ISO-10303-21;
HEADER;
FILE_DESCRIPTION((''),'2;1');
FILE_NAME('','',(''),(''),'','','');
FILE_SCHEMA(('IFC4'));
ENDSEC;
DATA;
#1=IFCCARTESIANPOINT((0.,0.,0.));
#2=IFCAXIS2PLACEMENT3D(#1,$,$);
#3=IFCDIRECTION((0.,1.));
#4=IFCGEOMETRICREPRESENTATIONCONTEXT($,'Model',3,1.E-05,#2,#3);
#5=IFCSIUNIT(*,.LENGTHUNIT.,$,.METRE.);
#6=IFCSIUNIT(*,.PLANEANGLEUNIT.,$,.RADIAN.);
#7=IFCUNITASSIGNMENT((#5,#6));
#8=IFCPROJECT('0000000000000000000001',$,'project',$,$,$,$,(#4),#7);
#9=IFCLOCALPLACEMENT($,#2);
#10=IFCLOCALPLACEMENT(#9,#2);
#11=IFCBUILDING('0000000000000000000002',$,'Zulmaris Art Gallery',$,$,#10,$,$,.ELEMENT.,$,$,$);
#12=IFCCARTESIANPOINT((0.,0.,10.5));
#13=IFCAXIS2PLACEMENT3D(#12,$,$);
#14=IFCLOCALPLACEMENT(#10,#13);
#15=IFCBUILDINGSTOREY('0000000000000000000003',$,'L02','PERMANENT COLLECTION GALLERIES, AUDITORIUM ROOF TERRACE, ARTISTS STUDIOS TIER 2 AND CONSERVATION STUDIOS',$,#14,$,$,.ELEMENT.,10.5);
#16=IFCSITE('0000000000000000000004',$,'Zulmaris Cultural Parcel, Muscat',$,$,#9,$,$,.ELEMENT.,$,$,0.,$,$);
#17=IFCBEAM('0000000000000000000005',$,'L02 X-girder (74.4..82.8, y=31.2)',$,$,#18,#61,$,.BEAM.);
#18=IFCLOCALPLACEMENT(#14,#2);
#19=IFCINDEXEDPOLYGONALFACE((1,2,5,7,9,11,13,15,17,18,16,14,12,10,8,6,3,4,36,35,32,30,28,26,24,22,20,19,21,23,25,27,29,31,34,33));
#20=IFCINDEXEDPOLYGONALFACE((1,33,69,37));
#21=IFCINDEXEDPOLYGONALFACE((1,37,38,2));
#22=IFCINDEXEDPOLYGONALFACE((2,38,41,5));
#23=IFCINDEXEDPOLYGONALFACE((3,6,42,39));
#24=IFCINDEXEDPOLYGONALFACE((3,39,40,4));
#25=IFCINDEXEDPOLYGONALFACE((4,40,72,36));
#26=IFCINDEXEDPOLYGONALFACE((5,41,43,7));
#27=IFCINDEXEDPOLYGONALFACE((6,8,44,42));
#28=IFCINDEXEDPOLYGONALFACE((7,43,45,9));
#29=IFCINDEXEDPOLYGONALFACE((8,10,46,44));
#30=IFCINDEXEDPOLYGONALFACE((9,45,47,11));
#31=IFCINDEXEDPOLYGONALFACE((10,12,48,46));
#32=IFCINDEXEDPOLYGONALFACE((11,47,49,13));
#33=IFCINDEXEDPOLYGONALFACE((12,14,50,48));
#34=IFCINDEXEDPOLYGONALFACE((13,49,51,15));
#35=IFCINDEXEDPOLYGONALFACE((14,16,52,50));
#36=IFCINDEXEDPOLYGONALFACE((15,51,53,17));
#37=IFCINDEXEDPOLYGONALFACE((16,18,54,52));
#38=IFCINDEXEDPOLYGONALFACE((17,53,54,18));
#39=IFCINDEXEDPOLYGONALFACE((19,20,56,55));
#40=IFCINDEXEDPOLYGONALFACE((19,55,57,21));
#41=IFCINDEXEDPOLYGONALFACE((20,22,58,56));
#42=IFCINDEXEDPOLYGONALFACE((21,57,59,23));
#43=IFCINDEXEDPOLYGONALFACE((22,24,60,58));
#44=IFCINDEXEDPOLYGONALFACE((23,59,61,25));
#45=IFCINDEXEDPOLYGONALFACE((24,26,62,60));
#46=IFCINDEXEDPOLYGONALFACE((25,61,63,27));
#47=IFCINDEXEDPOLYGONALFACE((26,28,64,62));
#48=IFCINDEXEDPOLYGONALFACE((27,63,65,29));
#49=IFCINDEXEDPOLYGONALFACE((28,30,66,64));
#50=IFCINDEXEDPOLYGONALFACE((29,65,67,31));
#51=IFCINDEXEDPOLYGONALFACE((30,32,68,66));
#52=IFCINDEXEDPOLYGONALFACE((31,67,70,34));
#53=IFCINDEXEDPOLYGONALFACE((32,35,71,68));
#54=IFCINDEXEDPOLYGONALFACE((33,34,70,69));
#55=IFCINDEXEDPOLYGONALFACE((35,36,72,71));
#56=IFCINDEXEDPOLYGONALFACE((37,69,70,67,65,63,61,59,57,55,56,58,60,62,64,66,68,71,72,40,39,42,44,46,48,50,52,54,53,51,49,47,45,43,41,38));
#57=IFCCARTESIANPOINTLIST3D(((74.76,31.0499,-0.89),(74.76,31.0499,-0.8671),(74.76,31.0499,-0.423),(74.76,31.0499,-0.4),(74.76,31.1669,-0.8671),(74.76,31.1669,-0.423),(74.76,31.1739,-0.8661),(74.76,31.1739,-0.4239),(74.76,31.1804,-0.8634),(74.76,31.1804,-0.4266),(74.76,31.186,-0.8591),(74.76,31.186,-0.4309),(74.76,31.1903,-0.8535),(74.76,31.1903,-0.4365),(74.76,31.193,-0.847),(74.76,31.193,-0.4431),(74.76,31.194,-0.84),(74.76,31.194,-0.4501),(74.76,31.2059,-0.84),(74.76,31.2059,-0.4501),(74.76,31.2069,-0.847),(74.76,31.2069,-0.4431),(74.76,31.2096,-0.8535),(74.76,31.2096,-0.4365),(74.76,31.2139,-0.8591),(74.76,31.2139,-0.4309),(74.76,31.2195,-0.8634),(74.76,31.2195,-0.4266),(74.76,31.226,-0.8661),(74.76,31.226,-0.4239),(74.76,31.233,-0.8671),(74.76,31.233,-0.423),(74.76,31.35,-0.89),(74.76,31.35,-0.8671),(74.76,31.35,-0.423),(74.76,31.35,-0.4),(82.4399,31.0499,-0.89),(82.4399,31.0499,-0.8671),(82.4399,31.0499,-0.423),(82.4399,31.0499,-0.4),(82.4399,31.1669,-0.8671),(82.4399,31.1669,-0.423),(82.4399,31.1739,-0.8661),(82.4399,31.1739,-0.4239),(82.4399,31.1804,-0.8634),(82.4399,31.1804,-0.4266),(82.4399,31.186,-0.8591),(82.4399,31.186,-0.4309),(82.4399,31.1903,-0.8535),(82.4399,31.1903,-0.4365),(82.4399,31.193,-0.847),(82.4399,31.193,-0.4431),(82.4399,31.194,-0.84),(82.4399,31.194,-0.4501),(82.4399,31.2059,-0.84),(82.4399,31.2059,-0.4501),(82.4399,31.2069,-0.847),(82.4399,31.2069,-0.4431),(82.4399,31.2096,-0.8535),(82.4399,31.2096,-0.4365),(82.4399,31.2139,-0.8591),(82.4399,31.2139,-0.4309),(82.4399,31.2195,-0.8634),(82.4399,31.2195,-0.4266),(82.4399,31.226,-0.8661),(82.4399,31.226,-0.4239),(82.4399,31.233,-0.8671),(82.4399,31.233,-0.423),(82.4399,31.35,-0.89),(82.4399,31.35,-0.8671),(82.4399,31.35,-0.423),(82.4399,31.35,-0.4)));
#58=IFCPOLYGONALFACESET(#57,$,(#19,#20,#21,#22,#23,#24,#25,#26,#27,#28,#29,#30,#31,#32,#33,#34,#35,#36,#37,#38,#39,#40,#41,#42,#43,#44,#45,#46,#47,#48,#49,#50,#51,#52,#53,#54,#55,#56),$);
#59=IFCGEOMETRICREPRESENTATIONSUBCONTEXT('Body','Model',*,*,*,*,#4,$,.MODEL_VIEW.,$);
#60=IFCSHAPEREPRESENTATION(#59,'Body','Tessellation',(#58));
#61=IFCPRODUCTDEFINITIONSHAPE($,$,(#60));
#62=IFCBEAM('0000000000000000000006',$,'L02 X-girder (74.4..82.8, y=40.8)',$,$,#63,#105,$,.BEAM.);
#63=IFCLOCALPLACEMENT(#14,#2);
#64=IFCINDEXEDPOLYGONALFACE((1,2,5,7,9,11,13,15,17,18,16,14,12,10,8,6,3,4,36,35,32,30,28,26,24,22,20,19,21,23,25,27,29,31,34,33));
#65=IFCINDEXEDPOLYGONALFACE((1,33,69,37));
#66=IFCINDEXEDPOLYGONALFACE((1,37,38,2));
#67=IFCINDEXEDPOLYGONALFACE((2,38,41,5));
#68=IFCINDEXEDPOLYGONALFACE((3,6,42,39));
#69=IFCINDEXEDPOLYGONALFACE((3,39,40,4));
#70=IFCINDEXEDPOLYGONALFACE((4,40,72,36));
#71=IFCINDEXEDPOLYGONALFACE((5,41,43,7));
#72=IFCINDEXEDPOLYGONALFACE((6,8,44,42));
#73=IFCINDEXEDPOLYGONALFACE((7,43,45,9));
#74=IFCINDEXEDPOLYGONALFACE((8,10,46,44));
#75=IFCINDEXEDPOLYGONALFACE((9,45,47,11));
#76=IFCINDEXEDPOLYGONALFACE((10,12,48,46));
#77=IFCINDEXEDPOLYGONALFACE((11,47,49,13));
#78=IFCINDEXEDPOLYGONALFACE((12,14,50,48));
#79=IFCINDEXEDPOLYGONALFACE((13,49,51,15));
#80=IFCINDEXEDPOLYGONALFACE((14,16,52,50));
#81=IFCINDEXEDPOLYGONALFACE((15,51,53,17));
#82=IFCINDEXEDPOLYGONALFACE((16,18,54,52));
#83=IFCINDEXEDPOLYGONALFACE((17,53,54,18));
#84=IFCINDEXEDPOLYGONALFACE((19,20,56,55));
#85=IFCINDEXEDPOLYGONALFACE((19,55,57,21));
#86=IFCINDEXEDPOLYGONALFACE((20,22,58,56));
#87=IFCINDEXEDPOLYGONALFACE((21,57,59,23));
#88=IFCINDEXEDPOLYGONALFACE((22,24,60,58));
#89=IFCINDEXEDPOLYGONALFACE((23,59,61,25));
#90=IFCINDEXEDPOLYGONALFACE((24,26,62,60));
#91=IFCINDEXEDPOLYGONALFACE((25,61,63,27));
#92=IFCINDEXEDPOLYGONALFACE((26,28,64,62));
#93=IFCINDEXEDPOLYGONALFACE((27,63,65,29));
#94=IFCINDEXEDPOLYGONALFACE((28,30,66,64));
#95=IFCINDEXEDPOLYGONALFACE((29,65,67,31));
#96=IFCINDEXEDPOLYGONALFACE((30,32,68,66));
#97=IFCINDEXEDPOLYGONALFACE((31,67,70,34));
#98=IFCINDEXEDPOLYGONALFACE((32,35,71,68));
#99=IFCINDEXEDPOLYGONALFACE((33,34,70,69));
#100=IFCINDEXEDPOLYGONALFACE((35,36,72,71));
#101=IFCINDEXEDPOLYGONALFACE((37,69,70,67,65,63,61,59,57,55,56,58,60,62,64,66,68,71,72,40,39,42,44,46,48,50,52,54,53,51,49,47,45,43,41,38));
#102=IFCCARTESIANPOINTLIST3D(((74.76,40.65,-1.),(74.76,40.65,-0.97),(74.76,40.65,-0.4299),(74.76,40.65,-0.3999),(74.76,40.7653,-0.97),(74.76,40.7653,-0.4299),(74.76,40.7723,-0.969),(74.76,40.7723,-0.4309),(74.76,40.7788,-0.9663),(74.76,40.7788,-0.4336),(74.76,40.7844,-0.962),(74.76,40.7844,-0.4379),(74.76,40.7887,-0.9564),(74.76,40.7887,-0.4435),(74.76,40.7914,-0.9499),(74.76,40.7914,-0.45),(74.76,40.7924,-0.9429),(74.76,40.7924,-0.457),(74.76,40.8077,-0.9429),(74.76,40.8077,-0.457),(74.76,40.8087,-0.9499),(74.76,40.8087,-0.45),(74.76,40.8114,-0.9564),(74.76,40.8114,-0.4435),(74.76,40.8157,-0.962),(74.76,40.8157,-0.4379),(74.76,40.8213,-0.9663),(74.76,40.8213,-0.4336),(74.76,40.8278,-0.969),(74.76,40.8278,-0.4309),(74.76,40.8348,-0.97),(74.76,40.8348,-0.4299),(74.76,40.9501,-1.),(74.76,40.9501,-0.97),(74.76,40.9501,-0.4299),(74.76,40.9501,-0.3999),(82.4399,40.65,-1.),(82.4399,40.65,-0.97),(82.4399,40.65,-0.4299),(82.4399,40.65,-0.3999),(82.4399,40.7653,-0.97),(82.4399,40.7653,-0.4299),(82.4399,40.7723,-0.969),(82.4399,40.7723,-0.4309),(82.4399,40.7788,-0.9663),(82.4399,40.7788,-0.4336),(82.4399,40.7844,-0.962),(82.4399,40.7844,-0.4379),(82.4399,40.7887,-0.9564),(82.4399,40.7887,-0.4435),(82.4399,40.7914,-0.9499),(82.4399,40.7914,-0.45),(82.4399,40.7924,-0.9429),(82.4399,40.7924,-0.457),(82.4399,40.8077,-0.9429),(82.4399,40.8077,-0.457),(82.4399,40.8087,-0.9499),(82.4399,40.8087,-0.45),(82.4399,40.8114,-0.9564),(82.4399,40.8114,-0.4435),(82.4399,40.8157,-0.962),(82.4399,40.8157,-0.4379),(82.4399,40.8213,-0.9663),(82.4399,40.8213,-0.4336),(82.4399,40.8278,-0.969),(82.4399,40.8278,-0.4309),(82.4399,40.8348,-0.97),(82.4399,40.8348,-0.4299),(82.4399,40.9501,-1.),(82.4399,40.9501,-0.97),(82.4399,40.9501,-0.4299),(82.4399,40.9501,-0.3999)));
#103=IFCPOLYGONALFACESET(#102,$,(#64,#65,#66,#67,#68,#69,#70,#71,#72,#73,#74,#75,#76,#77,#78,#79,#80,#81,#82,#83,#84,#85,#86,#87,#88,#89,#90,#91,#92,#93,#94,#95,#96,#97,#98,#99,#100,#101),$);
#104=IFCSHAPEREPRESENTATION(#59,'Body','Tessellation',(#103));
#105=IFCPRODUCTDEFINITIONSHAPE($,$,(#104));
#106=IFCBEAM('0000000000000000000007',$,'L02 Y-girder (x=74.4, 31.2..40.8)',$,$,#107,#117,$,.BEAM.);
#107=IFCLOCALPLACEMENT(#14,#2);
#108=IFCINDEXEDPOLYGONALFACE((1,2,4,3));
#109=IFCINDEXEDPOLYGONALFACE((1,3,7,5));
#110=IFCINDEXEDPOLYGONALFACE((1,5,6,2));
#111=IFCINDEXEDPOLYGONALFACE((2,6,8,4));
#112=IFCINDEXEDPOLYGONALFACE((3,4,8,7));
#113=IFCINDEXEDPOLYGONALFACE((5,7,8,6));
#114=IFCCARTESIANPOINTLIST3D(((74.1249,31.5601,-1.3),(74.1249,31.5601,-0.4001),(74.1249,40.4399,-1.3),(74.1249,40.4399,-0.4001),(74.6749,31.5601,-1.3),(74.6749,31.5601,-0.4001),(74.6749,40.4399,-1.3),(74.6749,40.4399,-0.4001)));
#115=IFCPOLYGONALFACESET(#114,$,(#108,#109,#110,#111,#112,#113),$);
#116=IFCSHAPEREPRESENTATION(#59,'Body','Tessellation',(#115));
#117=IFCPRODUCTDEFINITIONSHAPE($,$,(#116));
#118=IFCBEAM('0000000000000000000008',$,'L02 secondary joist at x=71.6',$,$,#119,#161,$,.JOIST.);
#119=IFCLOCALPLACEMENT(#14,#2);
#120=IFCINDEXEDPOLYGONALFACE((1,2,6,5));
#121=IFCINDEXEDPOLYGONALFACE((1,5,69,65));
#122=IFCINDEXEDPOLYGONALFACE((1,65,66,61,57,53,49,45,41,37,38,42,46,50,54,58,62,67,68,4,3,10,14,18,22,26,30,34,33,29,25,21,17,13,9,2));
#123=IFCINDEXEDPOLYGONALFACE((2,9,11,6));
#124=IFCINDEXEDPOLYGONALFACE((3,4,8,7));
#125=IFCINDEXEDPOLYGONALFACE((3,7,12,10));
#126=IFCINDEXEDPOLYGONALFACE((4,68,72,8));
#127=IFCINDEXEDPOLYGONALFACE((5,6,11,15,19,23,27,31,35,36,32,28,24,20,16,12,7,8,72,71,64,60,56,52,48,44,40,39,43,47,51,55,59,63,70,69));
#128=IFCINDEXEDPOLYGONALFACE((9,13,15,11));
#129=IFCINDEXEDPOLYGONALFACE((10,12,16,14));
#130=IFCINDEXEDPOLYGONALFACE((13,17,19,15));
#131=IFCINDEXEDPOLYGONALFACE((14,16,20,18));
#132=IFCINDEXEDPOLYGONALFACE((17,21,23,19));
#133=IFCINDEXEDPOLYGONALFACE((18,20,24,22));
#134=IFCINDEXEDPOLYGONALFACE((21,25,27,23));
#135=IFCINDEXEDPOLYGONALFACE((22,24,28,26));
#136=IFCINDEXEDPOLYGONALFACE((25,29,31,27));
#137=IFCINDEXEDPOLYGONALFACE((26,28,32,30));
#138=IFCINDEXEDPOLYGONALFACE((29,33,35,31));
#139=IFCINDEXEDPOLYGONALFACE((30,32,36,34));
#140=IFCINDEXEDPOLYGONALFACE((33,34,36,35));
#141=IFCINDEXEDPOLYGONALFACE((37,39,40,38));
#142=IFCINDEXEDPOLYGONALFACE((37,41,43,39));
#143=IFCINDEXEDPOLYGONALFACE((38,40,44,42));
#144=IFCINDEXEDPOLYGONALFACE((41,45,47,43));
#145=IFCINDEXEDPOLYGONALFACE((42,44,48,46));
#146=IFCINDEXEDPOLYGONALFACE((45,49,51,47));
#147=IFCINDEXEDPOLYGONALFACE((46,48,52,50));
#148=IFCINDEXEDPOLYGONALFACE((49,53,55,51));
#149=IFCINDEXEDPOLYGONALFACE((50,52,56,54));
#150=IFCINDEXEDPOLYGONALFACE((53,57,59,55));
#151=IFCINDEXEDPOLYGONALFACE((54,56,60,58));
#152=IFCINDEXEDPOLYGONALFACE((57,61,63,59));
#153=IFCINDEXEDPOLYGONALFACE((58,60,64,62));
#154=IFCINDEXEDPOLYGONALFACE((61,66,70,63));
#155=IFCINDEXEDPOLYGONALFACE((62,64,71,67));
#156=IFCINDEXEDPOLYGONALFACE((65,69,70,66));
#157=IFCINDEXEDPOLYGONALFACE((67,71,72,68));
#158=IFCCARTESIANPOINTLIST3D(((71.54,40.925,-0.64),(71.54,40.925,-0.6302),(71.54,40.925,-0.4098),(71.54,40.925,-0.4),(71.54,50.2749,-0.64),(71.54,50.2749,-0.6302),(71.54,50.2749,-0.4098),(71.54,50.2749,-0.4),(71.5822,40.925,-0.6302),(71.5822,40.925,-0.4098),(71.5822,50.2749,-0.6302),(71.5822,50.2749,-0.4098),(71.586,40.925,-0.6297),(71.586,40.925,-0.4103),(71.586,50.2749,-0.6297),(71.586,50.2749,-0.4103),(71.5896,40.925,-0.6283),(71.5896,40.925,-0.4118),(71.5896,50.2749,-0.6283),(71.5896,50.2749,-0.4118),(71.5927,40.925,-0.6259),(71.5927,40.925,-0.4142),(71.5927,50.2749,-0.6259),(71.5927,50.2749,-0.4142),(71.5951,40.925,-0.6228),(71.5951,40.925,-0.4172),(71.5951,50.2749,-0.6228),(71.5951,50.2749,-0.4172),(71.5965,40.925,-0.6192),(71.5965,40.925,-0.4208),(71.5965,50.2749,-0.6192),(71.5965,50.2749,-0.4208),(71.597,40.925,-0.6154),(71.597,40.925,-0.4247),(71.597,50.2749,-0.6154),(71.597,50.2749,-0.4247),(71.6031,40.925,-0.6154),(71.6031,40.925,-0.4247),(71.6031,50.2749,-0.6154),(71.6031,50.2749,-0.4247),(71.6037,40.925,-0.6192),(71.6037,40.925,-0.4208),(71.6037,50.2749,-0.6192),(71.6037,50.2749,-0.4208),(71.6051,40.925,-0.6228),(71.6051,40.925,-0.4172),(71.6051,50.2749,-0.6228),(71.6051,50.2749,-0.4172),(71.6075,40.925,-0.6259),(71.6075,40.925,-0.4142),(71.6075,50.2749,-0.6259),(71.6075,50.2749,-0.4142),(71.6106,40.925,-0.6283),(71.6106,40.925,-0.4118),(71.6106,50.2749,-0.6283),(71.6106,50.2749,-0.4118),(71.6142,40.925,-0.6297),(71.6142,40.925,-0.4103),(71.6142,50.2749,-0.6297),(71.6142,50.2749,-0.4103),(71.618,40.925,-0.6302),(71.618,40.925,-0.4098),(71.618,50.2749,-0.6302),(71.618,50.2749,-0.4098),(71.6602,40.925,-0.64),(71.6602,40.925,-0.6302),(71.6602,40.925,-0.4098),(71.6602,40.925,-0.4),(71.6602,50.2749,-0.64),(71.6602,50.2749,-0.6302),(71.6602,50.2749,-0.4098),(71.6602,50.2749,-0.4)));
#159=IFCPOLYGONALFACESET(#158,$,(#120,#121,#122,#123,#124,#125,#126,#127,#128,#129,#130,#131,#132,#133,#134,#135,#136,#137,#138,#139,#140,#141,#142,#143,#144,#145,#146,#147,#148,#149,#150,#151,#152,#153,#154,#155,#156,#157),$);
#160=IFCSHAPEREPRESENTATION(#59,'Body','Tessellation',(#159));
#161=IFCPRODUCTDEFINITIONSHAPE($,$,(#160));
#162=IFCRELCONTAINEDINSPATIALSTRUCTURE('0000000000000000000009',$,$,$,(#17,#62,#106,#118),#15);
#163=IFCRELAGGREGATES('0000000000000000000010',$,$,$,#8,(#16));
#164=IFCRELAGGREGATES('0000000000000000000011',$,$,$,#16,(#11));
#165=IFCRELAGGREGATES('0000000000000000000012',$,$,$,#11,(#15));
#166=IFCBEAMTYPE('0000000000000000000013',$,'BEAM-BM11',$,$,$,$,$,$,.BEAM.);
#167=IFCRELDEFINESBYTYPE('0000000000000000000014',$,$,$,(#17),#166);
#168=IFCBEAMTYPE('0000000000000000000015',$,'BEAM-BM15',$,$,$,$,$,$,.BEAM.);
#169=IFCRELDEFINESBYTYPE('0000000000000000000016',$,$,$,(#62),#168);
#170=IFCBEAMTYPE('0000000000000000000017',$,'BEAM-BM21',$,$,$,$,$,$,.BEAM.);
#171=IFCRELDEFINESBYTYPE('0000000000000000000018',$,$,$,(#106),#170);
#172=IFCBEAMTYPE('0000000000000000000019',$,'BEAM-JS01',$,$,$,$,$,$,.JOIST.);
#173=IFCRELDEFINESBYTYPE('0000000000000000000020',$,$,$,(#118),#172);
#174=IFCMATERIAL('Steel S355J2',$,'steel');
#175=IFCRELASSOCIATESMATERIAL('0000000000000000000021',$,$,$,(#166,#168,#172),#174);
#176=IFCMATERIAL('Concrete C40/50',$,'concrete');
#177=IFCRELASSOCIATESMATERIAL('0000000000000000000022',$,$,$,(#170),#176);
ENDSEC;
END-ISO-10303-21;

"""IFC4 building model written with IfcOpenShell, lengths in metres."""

from ifc_helpers import new_model, si_unit, direction, frame, origin, origin_2d, place, context, subcontext, project, spatial, rectangle, i_section, extrude, material, material_profile, profile_set, type_object, element, save


model = new_model("IFC4")

# Units and contexts
model_context = context("Model", 3, precision=1e-05, world=origin(), true_north=direction((0.0, 1.0)))
body_context = subcontext(model_context, "Body", "Model", "MODEL_VIEW")
ifc_project = project(units=[si_unit("LENGTHUNIT", "METRE"), si_unit("PLANEANGLEUNIT", "RADIAN")], contexts=[model_context])

# Site, building, storey
site_placement = place(None, origin())
site = spatial("IfcSite", under=ifc_project, at=site_placement, Name="Zulmaris Cultural Parcel, Muscat", CompositionType="ELEMENT", RefElevation=0.0)
building_placement = place(site_placement, origin())
building = spatial("IfcBuilding", under=site, at=building_placement, Name="Zulmaris Art Gallery", CompositionType="ELEMENT")
storey_placement = place(building_placement, frame((0.0, 0.0, 10.5)))
storey = spatial("IfcBuildingStorey", under=building, at=storey_placement, Name="L02", Description="PERMANENT COLLECTION GALLERIES, AUDITORIUM ROOF TERRACE, ARTISTS STUDIOS TIER 2 AND CONSERVATION STUDIOS", CompositionType="ELEMENT", Elevation=10.5)

# Shared definitions
ifc_material_1 = material(Name="Concrete C40/50", Category="concrete")

# Beams
ifc_material_2 = material(Name="Steel S355J2", Category="steel")
ifc_material_profile_1 = material_profile(ifc_material_2, i_section(OverallWidth=0.3, OverallDepth=0.49, WebThickness=0.012, FlangeThickness=0.0229, FilletRadius=0.0271, at=origin_2d()), Name="HEA 500")
ifc_profile_set_1 = profile_set([ifc_material_profile_1], Name="Steel S355J2")
beam_type_1 = type_object("IfcBeamType", Name="BEAM-BM11", PredefinedType="BEAM", material=ifc_profile_set_1)
beam_1_placement = place(storey_placement, frame((74.76, 31.2, -0.645), z_axis=(1.0, 0.0, 0.0), x_axis=(0.0, 1.0, 0.0)))
element("IfcBeam", 1, at=beam_1_placement, inside=storey, type_object=beam_type_1, Name="L02 X-girder (74.4..82.8, y=31.2)", PredefinedType="BEAM", context=body_context, shape_type="SweptSolid", body=[
    extrude(i_section(OverallWidth=0.3, OverallDepth=0.49, WebThickness=0.012, FlangeThickness=0.0229, FilletRadius=0.0271, at=origin_2d()), origin(), (0.0, 0.0, 1.0), 7.6799),
])
ifc_material_profile_2 = material_profile(ifc_material_2, i_section(OverallWidth=0.3, OverallDepth=0.6001, WebThickness=0.0154, FlangeThickness=0.03, FilletRadius=0.0271, at=origin_2d()), Name="HEB 600")
ifc_profile_set_2 = profile_set([ifc_material_profile_2], Name="Steel S355J2")
beam_type_2 = type_object("IfcBeamType", Name="BEAM-BM15", PredefinedType="BEAM", material=ifc_profile_set_2)
beam_2_placement = place(storey_placement, frame((74.76, 40.8, -0.7), z_axis=(1.0, 0.0, 0.0), x_axis=(0.0, 1.0, 0.0)))
element("IfcBeam", 2, at=beam_2_placement, inside=storey, type_object=beam_type_2, Name="L02 X-girder (74.4..82.8, y=40.8)", PredefinedType="BEAM", context=body_context, shape_type="SweptSolid", body=[
    extrude(i_section(OverallWidth=0.3, OverallDepth=0.6001, WebThickness=0.0154, FlangeThickness=0.03, FilletRadius=0.0271, at=origin_2d()), origin(), (0.0, 0.0, 1.0), 7.6799),
])
ifc_material_profile_3 = material_profile(ifc_material_1, rectangle(XDim=0.55, YDim=0.8999, at=origin_2d()), Name="RC 550x900")
ifc_profile_set_3 = profile_set([ifc_material_profile_3], Name="Concrete C40/50")
beam_type_3 = type_object("IfcBeamType", Name="BEAM-BM21", PredefinedType="BEAM", material=ifc_profile_set_3)
beam_3_placement = place(storey_placement, frame((74.3999, 31.5601, -0.8501), z_axis=(0.0, 1.0, 0.0), x_axis=(-1.0, 0.0, 0.0)))
element("IfcBeam", 3, at=beam_3_placement, inside=storey, type_object=beam_type_3, Name="L02 Y-girder (x=74.4, 31.2..40.8)", PredefinedType="BEAM", context=body_context, shape_type="SweptSolid", body=[
    extrude(rectangle(XDim=0.55, YDim=0.8999, at=origin_2d()), origin(), (0.0, 0.0, 1.0), 8.8799),
])
ifc_material_profile_4 = material_profile(ifc_material_2, i_section(OverallWidth=0.1201, OverallDepth=0.24, WebThickness=0.0061, FlangeThickness=0.0098, FilletRadius=0.0149, at=origin_2d()), Name="IPE 240")
ifc_profile_set_4 = profile_set([ifc_material_profile_4], Name="Steel S355J2")
beam_type_4 = type_object("IfcBeamType", Name="BEAM-JS01", PredefinedType="JOIST", material=ifc_profile_set_4)
beam_4_placement = place(storey_placement, frame((71.6001, 40.925, -0.52), z_axis=(0.0, 1.0, 0.0), x_axis=(-1.0, 0.0, 0.0)))
element("IfcBeam", 4, at=beam_4_placement, inside=storey, type_object=beam_type_4, Name="L02 secondary joist at x=71.6", PredefinedType="JOIST", context=body_context, shape_type="SweptSolid", body=[
    extrude(i_section(OverallWidth=0.1201, OverallDepth=0.24, WebThickness=0.0061, FlangeThickness=0.0098, FilletRadius=0.0149, at=origin_2d()), origin(), (0.0, 0.0, 1.0), 9.3499),
])

save(model, "model.ifc")
